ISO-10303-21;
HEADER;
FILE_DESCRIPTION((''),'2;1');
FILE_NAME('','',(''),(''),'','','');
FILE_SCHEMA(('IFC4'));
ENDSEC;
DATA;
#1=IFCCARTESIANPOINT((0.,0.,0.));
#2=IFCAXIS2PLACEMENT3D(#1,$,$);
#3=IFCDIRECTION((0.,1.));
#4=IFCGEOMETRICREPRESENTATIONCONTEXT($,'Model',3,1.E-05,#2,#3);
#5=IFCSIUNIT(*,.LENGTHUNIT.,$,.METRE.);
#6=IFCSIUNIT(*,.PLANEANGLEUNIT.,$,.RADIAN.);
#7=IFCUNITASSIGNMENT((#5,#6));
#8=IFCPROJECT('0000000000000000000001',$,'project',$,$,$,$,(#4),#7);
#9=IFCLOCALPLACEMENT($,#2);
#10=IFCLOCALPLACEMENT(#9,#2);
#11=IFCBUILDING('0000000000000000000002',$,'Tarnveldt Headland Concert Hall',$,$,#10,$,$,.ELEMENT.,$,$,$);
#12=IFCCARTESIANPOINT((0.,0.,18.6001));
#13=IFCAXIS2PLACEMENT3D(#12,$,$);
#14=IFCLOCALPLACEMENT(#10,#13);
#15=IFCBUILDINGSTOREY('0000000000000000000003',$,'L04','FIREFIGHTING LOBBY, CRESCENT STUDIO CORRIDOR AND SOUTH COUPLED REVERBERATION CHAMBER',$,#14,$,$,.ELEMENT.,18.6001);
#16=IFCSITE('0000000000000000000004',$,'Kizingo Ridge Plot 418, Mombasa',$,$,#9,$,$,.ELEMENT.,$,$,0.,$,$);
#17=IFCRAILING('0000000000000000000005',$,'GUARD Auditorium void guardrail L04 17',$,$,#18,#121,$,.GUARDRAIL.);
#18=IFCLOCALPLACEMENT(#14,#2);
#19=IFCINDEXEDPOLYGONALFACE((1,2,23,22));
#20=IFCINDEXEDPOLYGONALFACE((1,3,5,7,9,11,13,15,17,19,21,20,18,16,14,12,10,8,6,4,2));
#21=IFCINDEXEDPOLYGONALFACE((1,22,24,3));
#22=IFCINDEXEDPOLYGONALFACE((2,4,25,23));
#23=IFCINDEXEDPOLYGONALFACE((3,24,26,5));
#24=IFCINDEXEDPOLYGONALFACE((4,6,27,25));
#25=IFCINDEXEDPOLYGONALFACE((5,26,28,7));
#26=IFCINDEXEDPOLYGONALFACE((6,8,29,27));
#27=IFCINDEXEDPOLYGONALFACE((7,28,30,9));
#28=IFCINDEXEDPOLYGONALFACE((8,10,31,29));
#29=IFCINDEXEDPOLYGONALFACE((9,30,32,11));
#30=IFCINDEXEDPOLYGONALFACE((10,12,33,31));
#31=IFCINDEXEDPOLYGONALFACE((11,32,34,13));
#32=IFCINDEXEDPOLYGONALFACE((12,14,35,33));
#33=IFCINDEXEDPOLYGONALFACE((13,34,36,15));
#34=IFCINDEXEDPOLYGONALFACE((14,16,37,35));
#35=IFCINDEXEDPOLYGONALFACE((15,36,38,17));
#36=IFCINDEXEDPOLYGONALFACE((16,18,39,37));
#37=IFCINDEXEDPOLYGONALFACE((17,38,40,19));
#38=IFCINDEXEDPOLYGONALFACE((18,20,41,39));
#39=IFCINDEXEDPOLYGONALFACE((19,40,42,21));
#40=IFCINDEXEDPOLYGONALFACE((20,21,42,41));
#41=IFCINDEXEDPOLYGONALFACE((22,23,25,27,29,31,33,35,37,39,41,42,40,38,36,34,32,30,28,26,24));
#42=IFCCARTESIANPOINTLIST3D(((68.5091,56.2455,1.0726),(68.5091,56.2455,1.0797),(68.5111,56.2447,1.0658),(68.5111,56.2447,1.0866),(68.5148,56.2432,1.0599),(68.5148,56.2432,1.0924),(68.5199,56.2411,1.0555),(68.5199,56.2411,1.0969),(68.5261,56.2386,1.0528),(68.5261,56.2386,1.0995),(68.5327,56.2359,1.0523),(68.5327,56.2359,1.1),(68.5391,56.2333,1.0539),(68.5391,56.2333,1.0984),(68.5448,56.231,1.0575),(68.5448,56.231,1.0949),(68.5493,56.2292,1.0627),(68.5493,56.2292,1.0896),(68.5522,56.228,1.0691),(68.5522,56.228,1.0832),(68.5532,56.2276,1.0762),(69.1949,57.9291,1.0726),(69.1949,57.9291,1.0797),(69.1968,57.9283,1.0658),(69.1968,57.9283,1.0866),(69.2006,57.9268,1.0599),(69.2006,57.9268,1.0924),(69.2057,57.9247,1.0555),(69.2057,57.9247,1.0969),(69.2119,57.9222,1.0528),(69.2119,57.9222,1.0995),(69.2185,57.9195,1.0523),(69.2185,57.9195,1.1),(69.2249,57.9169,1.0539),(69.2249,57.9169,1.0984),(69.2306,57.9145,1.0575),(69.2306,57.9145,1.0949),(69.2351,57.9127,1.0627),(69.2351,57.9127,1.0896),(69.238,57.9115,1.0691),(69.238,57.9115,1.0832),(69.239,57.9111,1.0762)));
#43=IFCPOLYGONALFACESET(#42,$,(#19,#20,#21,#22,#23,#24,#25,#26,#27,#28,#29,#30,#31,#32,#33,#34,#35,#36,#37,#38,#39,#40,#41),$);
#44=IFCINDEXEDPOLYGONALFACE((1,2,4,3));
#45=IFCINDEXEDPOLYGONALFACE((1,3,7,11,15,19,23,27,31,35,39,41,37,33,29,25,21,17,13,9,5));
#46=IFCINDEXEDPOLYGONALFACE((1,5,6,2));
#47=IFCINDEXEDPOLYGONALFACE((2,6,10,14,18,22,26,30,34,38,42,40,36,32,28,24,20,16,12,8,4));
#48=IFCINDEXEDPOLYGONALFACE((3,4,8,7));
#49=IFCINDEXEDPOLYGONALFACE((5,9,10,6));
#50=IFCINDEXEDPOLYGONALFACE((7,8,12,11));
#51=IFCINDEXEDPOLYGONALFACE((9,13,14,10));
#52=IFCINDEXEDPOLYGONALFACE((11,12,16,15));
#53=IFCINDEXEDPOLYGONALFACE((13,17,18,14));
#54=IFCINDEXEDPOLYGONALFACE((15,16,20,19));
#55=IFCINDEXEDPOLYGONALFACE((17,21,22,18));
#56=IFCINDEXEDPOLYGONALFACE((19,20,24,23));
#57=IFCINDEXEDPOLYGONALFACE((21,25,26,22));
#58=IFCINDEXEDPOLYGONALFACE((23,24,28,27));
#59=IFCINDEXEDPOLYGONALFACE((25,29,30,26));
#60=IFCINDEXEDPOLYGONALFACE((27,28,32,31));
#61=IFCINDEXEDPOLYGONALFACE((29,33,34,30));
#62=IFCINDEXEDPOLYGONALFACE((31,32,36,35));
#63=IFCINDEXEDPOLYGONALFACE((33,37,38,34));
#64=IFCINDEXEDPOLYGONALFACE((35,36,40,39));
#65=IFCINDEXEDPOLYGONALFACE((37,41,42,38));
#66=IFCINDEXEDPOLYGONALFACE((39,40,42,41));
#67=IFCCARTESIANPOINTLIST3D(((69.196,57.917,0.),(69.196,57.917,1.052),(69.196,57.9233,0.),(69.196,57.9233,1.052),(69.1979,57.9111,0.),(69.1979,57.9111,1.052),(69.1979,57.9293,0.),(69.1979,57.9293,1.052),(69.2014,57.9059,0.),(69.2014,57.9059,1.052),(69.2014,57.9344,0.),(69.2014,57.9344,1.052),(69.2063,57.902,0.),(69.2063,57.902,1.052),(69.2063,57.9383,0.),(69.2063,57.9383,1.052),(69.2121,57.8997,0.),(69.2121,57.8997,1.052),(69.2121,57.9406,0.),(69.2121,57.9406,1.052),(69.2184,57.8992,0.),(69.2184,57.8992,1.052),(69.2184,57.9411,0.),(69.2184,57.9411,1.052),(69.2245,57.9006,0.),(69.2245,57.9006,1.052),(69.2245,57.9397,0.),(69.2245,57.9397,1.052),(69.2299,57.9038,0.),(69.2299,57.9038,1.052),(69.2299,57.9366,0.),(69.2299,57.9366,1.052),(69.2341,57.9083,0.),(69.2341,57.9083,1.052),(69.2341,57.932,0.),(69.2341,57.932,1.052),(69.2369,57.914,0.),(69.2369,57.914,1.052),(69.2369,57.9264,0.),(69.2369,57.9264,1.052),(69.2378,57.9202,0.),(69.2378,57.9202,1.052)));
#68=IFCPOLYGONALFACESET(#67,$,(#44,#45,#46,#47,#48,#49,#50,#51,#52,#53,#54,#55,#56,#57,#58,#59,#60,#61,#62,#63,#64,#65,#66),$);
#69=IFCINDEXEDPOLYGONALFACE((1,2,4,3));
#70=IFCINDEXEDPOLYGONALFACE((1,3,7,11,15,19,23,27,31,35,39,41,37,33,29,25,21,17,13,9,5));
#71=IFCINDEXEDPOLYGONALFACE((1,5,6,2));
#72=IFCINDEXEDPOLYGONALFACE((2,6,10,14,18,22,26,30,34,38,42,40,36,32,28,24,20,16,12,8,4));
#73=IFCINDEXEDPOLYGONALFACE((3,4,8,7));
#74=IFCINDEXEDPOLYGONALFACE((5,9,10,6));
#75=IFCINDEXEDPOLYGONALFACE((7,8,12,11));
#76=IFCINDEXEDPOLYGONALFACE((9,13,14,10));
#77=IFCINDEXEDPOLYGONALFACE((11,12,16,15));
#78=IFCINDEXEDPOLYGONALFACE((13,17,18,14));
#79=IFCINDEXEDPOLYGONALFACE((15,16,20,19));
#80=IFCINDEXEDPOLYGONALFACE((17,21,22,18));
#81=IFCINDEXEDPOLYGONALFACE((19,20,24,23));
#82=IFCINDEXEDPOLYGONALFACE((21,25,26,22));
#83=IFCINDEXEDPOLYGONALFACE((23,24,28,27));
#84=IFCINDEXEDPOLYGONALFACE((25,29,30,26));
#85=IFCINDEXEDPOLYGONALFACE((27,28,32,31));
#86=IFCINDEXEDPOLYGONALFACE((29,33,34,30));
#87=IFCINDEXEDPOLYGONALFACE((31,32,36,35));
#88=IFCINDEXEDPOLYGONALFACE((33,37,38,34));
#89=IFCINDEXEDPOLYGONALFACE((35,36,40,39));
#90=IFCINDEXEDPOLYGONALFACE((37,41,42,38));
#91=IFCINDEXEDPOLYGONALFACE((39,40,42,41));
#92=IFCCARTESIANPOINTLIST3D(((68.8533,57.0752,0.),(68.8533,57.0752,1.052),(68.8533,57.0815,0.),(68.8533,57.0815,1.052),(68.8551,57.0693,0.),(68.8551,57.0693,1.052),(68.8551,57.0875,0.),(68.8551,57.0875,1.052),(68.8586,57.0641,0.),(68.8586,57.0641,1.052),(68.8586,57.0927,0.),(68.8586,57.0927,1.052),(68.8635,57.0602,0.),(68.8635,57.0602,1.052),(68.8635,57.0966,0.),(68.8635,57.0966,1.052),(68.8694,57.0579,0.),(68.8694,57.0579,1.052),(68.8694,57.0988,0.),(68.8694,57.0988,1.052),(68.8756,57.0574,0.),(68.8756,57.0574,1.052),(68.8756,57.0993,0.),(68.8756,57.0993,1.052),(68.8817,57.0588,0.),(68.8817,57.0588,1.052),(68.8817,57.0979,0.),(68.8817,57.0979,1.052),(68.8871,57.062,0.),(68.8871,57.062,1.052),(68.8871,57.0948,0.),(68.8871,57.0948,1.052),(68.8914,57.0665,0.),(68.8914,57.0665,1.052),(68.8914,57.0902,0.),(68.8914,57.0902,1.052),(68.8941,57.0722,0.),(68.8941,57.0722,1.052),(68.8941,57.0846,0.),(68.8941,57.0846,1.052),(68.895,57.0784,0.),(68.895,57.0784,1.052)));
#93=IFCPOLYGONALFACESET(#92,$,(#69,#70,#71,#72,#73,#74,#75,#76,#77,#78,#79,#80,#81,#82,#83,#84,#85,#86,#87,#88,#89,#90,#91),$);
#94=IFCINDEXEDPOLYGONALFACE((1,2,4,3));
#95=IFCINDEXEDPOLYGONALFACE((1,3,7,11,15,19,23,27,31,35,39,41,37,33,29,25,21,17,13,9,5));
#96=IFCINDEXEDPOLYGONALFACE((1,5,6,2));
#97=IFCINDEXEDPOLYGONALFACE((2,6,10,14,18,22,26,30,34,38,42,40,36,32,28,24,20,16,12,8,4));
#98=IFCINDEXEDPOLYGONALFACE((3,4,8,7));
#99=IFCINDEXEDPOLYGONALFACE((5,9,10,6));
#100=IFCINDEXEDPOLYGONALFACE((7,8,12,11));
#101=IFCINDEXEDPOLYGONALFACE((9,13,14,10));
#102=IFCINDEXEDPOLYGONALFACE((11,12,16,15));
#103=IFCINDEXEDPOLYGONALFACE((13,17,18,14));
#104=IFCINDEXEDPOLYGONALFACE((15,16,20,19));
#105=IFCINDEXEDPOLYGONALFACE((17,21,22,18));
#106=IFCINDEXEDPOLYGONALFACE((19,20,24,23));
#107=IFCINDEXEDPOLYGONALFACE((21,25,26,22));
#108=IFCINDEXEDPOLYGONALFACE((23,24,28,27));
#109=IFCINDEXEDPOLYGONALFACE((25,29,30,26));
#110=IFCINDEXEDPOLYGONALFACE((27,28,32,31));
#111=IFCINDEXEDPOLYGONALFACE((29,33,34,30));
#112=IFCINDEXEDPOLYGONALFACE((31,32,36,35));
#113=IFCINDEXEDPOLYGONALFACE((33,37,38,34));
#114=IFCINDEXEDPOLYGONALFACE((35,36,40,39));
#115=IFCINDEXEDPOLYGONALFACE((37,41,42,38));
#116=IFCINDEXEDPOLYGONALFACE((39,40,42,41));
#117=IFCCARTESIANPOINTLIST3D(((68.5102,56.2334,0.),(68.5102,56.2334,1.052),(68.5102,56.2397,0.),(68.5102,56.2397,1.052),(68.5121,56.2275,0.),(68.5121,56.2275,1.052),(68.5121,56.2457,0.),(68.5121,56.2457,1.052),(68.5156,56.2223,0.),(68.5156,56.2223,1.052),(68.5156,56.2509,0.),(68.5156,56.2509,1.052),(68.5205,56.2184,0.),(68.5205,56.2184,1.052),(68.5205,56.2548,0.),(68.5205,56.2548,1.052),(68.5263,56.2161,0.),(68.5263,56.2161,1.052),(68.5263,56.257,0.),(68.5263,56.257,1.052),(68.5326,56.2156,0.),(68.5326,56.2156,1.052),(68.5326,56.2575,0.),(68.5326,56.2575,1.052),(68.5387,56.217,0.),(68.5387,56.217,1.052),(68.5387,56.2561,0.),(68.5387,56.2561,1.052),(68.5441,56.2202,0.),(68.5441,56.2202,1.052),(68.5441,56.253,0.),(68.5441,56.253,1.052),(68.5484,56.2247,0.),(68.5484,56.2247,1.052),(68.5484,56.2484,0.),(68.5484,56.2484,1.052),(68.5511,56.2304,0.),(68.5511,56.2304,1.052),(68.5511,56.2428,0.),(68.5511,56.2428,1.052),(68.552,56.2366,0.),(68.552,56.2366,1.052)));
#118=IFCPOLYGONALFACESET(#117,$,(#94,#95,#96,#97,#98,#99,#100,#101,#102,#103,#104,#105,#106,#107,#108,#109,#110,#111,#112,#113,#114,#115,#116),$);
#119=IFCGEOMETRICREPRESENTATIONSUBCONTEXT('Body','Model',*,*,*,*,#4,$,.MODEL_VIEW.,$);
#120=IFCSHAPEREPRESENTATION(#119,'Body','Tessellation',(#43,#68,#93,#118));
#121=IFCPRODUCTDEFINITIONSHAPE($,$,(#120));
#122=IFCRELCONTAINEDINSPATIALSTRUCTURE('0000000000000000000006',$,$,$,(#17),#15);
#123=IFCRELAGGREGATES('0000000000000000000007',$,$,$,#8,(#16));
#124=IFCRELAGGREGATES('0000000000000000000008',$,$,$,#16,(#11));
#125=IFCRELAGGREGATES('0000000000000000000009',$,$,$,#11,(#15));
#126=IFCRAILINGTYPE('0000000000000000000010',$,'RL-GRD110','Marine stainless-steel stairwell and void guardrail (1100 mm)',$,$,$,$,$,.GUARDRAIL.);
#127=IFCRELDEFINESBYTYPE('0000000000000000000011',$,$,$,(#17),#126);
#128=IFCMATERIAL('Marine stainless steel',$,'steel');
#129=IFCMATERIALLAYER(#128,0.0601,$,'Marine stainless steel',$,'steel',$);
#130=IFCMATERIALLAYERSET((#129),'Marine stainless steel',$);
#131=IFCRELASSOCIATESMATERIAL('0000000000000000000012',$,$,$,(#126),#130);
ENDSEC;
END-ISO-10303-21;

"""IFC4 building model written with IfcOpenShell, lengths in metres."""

from ifc_helpers import new_model, si_unit, direction, frame, origin, origin_2d, place, context, subcontext, project, spatial, circle, extrude, material, layer, layer_set, type_object, element, save


model = new_model("IFC4")

# Units and contexts
model_context = context("Model", 3, precision=1e-05, world=origin(), true_north=direction((0.0, 1.0)))
body_context = subcontext(model_context, "Body", "Model", "MODEL_VIEW")
ifc_project = project(units=[si_unit("LENGTHUNIT", "METRE"), si_unit("PLANEANGLEUNIT", "RADIAN")], contexts=[model_context])

# Site, building, storey
site_placement = place(None, origin())
site = spatial("IfcSite", under=ifc_project, at=site_placement, Name="Kizingo Ridge Plot 418, Mombasa", CompositionType="ELEMENT", RefElevation=0.0)
building_placement = place(site_placement, origin())
building = spatial("IfcBuilding", under=site, at=building_placement, Name="Tarnveldt Headland Concert Hall", CompositionType="ELEMENT")
storey_placement = place(building_placement, frame((0.0, 0.0, 18.6001)))
storey = spatial("IfcBuildingStorey", under=building, at=storey_placement, Name="L04", Description="FIREFIGHTING LOBBY, CRESCENT STUDIO CORRIDOR AND SOUTH COUPLED REVERBERATION CHAMBER", CompositionType="ELEMENT", Elevation=18.6001)

# Railing
ifc_material_1 = material(Name="Marine stainless steel", Category="steel")
ifc_layer_1 = layer(ifc_material_1, 0.0601, Name="Marine stainless steel", Category="steel")
ifc_layer_set_1 = layer_set([ifc_layer_1], Name="Marine stainless steel")
railing_type = type_object("IfcRailingType", Name="RL-GRD110", Description="Marine stainless-steel stairwell and void guardrail (1100 mm)", PredefinedType="GUARDRAIL", material=ifc_layer_set_1)
railing_1_placement = place(storey_placement, frame((69.2168, 57.9202, 0.0)))
element("IfcRailing", 1, at=railing_1_placement, inside=storey, type_object=railing_type, Name="GUARD Auditorium void guardrail L04 17", PredefinedType="GUARDRAIL", context=body_context, shape_type="SweptSolid", body=[
    extrude(circle(Radius=0.0239, at=origin_2d()), frame((0.0, 0.0, 1.0762), z_axis=(-0.377241, -0.926115, 0.0), x_axis=(0.926115, -0.377241, 0.0)), (0.0, 0.0, 1.0), 1.8179),
    extrude(circle(Radius=0.021, at=origin_2d()), origin(), (0.0, 0.0, 1.0), 1.052),
    extrude(circle(Radius=0.021, at=origin_2d()), frame((-0.3428, -0.8418, 0.0)), (0.0, 0.0, 1.0), 1.052),
    extrude(circle(Radius=0.021, at=origin_2d()), frame((-0.6858, -1.6836, 0.0)), (0.0, 0.0, 1.0), 1.052),
])

save(model, "model.ifc")
